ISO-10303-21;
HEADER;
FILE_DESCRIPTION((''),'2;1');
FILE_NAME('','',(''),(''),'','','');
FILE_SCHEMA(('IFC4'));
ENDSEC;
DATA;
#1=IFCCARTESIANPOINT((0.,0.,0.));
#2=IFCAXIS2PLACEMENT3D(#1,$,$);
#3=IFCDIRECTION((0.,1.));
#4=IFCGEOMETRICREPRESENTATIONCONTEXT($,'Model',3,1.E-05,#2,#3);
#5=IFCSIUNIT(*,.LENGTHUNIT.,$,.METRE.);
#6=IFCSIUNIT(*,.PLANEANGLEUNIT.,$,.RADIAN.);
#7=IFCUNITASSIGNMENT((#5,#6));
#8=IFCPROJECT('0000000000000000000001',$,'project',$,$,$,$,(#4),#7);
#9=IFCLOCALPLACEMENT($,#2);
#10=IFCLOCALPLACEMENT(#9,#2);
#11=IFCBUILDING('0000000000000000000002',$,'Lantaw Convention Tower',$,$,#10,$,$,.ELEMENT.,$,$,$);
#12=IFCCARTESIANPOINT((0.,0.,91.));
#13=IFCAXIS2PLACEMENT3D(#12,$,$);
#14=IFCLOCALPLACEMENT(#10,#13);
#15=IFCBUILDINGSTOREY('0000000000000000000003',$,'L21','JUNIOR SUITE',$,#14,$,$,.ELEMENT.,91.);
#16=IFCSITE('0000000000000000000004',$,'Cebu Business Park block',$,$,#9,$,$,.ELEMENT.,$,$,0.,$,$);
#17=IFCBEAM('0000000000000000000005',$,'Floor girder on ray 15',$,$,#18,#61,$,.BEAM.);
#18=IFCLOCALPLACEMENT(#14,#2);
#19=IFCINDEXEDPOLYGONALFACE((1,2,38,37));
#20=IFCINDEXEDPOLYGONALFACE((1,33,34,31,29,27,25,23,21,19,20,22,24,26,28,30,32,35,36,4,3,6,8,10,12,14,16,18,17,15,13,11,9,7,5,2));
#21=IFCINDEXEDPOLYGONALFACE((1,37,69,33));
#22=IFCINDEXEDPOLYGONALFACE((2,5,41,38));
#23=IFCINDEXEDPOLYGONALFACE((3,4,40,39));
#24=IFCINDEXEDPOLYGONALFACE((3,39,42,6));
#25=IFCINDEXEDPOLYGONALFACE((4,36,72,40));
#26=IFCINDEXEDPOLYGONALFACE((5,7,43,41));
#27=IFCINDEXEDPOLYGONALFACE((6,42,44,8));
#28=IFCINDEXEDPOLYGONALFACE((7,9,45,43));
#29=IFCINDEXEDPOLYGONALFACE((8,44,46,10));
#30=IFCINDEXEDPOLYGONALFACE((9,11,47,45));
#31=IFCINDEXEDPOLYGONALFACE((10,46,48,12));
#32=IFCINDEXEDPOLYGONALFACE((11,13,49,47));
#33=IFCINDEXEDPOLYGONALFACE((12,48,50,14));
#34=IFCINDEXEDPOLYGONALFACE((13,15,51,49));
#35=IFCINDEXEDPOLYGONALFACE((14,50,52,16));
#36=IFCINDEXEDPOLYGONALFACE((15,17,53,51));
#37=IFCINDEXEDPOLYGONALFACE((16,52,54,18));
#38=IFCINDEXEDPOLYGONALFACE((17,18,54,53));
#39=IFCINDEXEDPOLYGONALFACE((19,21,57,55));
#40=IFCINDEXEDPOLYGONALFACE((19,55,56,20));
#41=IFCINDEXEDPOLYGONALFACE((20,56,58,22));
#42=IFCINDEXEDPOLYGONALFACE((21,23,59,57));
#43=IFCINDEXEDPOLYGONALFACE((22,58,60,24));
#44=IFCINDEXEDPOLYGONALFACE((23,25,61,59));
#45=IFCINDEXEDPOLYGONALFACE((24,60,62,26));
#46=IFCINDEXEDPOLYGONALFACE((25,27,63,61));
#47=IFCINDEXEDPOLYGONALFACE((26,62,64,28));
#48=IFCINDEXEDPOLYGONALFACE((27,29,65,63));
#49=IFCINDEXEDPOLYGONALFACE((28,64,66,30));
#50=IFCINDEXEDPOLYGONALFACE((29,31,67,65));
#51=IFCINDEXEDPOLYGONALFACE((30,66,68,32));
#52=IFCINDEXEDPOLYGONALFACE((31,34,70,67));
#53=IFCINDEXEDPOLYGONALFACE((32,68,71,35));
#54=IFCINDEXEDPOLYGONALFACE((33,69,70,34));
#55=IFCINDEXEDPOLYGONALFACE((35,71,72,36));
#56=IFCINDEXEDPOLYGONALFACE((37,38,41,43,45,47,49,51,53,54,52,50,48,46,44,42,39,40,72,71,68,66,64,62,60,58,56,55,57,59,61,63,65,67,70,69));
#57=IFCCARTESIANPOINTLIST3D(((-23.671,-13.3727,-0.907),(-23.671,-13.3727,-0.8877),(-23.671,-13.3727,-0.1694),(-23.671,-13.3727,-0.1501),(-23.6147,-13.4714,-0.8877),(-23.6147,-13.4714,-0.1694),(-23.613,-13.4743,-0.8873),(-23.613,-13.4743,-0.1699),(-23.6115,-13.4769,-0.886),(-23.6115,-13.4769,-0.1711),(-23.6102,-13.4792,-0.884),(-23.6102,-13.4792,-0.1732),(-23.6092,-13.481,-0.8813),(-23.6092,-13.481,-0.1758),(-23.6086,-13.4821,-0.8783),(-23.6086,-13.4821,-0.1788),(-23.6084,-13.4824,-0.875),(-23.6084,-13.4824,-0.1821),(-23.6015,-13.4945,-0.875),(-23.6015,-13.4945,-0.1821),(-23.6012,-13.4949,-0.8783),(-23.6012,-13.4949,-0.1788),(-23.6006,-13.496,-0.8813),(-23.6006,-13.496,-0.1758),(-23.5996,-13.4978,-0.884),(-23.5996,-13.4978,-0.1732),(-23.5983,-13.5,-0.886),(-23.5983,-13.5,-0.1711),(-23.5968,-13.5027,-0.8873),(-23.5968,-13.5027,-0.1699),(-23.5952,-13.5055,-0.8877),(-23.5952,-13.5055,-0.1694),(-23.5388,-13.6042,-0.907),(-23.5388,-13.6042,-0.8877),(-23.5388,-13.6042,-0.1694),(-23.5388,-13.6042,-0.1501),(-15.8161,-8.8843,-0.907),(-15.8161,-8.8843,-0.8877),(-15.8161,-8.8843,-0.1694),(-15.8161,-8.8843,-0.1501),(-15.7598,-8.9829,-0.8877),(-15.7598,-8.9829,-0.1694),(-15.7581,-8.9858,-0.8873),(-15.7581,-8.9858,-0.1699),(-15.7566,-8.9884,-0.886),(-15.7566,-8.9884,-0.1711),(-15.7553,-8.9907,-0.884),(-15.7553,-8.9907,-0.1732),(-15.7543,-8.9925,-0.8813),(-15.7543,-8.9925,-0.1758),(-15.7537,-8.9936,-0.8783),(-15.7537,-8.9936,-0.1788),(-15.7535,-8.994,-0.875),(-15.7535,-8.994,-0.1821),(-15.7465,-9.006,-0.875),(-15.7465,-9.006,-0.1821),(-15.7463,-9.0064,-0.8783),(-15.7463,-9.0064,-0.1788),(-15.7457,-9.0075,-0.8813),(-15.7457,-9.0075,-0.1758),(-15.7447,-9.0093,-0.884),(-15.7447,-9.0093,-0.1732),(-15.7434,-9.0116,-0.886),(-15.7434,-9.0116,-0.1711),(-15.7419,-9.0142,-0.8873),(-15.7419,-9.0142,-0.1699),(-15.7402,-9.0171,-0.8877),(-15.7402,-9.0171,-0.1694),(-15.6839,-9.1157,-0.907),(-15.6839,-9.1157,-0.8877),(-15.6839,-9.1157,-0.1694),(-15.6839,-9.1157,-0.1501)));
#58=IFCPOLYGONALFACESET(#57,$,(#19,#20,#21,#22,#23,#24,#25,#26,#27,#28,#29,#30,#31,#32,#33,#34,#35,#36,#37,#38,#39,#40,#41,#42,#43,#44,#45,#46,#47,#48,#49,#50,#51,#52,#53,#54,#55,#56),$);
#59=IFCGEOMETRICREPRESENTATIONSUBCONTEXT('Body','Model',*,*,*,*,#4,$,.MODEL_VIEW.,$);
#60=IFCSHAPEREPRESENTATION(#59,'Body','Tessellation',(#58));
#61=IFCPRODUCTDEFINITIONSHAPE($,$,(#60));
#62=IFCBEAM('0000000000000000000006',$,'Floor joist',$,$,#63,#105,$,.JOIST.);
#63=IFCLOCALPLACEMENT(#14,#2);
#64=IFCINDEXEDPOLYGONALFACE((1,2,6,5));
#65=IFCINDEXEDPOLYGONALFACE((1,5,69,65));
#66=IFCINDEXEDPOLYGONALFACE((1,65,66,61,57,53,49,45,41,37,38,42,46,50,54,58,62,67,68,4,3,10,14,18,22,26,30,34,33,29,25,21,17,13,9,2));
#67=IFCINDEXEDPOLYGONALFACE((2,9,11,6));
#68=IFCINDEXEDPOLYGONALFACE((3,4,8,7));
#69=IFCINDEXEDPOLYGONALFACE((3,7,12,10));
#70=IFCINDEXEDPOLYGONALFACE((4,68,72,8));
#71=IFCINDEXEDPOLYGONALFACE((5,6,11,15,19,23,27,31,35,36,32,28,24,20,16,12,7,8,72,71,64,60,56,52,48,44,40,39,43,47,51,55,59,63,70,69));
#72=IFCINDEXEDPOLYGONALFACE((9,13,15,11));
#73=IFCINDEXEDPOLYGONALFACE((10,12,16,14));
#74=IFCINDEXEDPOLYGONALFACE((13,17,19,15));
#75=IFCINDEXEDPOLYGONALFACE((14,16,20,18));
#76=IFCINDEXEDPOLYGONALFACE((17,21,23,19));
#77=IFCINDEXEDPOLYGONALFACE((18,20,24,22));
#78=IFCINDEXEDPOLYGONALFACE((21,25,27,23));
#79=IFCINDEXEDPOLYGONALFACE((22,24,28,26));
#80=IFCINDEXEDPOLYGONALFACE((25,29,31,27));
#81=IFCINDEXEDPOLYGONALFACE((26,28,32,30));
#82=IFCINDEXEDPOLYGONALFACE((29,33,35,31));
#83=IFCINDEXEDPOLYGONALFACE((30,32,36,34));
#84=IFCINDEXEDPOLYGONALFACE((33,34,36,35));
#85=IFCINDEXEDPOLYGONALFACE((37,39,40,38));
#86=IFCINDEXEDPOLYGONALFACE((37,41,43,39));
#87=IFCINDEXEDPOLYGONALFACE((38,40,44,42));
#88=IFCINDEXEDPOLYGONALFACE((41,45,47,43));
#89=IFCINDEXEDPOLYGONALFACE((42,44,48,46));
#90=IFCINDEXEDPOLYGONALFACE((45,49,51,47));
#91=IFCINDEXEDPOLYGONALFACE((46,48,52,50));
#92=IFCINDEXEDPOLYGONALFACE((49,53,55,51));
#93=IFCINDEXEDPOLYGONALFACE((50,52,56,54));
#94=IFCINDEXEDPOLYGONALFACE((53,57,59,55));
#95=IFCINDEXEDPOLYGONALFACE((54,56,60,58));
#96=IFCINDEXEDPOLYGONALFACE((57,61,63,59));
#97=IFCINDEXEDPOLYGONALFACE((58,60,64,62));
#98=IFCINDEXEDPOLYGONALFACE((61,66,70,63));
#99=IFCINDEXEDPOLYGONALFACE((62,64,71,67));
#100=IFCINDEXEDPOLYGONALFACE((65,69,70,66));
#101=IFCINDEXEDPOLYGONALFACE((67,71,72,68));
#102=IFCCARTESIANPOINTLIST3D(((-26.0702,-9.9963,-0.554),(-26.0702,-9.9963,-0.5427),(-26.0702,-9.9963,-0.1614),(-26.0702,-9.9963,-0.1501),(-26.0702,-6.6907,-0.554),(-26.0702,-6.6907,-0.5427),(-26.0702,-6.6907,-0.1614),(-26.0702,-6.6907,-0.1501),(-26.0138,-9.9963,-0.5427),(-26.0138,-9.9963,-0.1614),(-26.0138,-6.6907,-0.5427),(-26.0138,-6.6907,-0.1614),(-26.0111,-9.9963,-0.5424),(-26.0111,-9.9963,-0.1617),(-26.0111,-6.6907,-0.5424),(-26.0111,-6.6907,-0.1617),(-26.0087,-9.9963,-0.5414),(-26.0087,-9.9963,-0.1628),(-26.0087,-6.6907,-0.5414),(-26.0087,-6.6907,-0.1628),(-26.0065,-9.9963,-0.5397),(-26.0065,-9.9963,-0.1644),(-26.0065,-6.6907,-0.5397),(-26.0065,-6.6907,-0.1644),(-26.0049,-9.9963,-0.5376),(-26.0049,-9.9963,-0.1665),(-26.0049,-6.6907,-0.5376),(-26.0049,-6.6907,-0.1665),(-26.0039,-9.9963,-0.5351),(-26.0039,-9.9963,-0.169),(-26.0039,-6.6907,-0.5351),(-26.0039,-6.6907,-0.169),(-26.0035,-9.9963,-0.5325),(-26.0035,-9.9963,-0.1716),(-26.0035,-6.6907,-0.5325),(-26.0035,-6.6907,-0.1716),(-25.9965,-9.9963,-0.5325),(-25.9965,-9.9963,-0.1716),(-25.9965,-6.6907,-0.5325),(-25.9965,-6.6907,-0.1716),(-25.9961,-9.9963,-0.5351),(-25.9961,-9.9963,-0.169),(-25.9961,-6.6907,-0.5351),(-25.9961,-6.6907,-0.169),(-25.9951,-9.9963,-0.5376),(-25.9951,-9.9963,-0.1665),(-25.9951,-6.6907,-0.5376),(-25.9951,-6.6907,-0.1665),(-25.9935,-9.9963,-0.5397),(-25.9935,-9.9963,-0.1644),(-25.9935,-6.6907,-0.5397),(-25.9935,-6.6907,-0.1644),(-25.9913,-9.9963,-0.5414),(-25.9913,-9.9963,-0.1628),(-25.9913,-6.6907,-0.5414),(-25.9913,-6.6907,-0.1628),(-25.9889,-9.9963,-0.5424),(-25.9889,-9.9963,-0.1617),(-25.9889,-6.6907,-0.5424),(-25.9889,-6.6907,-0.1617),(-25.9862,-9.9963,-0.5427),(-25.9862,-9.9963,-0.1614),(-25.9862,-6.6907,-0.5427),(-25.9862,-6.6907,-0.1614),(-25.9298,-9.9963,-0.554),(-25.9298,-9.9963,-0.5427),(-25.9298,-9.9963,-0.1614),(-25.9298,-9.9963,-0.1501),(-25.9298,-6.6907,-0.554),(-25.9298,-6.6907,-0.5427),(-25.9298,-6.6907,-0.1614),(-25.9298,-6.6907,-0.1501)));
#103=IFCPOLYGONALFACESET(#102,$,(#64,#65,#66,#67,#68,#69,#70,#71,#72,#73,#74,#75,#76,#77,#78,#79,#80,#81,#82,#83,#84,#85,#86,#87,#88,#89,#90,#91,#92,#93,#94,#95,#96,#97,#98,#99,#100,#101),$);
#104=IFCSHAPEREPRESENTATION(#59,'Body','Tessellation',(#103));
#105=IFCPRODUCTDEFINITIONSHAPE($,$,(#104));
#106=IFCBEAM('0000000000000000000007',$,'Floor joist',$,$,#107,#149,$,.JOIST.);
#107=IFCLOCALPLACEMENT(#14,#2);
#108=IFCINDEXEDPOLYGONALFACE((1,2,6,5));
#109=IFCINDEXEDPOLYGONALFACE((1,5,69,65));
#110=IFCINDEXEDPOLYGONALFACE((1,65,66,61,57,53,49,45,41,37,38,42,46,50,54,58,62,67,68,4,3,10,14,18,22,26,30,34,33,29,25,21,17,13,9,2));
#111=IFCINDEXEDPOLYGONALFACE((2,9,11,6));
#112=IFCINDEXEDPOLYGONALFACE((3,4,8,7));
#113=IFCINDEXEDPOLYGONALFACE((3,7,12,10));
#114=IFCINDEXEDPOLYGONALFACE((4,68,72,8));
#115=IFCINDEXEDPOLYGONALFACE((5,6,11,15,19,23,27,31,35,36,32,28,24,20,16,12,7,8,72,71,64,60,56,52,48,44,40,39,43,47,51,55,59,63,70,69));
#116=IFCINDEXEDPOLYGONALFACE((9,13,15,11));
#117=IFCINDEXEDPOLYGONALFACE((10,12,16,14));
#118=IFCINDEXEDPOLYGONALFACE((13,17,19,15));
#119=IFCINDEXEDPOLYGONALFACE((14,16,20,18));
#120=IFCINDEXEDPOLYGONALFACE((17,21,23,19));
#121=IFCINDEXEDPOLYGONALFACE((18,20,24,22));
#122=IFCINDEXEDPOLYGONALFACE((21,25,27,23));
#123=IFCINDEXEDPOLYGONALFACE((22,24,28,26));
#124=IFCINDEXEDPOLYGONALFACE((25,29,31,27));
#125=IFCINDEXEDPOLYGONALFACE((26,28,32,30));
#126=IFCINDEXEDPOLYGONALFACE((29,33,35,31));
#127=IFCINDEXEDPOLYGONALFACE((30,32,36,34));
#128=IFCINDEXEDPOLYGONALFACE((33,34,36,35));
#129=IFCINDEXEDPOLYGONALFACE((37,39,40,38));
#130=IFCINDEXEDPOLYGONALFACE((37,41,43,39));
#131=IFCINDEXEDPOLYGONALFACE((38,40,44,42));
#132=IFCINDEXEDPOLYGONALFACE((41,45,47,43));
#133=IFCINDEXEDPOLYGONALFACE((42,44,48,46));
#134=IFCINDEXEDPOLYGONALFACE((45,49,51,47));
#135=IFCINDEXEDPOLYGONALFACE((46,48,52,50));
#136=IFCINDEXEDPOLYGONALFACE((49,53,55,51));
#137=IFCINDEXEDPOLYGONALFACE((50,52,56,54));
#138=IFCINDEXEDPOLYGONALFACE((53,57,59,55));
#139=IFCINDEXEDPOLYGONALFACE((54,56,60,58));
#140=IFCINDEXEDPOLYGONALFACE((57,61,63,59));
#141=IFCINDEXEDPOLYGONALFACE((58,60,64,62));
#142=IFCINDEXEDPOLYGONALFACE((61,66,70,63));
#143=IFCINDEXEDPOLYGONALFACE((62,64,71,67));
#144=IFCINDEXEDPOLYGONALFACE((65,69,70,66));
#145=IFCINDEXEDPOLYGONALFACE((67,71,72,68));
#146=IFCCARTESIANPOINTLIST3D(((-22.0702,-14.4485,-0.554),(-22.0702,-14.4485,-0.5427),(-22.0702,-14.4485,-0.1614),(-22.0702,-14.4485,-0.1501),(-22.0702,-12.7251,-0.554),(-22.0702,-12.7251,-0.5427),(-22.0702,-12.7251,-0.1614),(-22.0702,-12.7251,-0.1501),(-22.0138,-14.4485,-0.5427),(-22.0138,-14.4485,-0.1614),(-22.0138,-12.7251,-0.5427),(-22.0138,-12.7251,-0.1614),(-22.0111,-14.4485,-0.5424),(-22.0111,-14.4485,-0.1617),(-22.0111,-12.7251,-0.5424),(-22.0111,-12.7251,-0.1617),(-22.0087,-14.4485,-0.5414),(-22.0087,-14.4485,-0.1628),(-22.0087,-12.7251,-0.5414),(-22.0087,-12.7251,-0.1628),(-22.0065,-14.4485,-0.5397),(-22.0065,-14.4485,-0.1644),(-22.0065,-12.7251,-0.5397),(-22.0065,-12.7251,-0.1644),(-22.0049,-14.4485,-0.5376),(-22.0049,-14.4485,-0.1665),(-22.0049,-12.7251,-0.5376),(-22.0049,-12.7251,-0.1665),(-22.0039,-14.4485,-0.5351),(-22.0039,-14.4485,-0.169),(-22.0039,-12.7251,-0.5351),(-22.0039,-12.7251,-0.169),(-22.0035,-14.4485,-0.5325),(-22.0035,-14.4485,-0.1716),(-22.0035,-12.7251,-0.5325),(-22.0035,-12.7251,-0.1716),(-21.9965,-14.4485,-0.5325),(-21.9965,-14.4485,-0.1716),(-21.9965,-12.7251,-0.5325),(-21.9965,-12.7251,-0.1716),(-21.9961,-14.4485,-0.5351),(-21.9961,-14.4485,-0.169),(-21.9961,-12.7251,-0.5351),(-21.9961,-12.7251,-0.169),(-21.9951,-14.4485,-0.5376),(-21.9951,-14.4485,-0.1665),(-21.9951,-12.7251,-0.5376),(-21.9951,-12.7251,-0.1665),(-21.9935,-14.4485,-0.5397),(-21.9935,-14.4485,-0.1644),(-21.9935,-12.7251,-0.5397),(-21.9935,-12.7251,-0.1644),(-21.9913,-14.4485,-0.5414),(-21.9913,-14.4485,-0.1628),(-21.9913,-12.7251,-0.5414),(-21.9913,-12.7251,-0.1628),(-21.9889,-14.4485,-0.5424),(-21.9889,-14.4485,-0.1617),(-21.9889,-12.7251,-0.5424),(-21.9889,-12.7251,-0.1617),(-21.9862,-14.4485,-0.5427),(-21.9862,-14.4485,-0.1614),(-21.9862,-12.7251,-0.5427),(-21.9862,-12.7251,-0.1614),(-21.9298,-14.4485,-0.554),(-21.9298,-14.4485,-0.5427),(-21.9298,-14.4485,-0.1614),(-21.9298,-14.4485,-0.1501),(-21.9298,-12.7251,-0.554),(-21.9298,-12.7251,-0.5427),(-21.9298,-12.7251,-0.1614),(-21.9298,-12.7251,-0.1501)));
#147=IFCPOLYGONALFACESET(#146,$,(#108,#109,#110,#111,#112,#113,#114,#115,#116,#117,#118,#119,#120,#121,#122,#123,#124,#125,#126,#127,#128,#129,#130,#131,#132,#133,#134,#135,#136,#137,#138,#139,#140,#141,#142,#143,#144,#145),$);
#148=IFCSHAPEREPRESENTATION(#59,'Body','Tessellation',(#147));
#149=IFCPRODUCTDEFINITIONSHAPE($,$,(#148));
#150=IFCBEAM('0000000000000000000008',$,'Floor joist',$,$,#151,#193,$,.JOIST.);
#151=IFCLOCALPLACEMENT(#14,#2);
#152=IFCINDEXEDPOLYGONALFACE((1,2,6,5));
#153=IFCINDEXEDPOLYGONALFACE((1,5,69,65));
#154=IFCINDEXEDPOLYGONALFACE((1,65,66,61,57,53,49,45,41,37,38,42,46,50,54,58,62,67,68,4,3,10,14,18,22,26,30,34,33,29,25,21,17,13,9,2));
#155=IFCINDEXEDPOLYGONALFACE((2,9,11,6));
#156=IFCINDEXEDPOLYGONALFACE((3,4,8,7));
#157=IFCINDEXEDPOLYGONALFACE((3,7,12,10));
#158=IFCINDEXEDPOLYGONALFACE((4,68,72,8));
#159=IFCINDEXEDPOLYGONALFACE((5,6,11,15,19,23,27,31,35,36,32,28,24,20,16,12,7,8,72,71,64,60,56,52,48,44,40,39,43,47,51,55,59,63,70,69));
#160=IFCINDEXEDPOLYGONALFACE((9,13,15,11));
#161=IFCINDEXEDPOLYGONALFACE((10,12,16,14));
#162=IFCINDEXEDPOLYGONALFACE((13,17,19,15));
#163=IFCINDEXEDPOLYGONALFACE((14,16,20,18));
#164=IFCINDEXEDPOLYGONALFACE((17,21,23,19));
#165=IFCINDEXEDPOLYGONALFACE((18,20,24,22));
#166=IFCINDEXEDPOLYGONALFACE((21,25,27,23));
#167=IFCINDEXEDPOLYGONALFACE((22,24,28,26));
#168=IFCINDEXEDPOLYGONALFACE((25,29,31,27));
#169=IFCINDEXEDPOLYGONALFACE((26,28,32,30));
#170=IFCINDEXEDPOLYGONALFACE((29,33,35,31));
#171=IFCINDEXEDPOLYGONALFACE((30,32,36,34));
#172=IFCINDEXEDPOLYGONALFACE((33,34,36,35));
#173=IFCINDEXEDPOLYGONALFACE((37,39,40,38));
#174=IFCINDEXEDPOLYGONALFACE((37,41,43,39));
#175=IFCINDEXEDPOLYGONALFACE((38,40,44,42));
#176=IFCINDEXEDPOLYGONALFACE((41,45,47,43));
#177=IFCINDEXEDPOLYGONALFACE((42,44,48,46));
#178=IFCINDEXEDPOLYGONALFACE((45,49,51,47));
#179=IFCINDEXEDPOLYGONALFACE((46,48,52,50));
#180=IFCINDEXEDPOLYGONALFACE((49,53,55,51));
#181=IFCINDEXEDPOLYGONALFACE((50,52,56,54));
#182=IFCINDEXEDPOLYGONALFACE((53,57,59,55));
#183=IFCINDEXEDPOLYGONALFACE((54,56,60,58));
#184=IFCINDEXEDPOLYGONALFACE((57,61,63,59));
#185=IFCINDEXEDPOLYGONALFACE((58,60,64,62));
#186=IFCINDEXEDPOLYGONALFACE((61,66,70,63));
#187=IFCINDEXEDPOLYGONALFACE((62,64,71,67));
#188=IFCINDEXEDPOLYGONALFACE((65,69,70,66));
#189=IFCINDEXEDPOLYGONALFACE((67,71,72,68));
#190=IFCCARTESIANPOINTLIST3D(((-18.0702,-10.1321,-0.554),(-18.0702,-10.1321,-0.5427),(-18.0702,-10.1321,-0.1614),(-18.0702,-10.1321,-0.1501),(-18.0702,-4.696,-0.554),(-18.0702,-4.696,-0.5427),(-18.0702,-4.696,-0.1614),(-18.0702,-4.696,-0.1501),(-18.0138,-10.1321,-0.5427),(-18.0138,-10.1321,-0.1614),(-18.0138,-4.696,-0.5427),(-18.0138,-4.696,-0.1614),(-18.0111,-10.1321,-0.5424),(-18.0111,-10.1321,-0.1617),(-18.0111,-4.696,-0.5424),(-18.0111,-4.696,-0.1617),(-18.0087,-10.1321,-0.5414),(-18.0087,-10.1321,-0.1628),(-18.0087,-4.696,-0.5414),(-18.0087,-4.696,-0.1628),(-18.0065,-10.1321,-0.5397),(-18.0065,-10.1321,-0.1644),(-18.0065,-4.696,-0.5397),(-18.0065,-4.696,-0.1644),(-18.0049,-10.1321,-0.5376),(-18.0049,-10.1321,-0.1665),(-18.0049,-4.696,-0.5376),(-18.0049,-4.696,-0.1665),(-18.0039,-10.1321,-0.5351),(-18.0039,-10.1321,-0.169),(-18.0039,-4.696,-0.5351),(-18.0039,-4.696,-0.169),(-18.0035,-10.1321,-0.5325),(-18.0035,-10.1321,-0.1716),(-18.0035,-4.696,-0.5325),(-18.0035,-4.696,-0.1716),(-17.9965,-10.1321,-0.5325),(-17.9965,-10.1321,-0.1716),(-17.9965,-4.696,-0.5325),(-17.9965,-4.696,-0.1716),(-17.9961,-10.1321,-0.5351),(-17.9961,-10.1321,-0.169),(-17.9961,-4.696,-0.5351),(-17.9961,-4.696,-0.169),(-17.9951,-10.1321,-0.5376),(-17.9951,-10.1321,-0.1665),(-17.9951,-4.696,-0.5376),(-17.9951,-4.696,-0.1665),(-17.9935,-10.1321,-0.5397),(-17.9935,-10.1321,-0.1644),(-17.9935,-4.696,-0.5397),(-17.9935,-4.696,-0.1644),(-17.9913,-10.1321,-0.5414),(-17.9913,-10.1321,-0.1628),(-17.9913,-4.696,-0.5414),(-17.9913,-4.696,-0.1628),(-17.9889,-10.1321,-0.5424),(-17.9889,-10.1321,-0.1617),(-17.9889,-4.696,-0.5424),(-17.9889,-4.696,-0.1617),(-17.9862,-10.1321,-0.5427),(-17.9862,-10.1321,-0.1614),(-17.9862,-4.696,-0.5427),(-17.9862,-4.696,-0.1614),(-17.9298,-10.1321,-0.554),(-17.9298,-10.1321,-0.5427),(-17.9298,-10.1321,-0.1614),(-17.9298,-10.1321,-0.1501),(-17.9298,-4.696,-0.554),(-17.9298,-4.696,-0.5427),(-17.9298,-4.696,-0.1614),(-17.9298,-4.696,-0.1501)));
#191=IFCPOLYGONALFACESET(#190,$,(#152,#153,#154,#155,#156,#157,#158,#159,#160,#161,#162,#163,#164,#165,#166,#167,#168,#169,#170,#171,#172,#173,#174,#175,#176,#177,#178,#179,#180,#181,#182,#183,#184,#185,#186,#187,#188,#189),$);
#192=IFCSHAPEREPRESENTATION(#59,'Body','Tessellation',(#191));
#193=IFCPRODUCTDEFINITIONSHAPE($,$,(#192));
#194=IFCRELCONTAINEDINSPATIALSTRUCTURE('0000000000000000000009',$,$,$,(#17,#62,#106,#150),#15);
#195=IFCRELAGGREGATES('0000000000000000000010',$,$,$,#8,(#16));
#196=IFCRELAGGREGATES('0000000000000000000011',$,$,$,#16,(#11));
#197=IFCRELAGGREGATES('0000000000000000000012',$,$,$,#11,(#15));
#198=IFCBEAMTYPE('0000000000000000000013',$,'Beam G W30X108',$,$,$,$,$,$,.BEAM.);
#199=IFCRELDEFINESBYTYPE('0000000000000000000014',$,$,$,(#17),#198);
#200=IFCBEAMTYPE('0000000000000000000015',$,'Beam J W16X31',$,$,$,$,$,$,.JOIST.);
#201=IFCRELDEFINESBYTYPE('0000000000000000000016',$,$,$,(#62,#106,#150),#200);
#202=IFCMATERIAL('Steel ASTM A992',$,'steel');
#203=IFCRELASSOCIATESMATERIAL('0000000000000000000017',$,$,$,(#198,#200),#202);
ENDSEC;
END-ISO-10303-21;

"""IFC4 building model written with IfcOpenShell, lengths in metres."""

from ifc_helpers import new_model, si_unit, direction, frame, origin, origin_2d, place, context, subcontext, project, spatial, i_section, extrude, material, material_profile, profile_set, type_object, element, save


model = new_model("IFC4")

# Units and contexts
model_context = context("Model", 3, precision=1e-05, world=origin(), true_north=direction((0.0, 1.0)))
body_context = subcontext(model_context, "Body", "Model", "MODEL_VIEW")
ifc_project = project(units=[si_unit("LENGTHUNIT", "METRE"), si_unit("PLANEANGLEUNIT", "RADIAN")], contexts=[model_context])

# Site, building, storey
site_placement = place(None, origin())
site = spatial("IfcSite", under=ifc_project, at=site_placement, Name="Cebu Business Park block", CompositionType="ELEMENT", RefElevation=0.0)
building_placement = place(site_placement, origin())
building = spatial("IfcBuilding", under=site, at=building_placement, Name="Lantaw Convention Tower", CompositionType="ELEMENT")
storey_placement = place(building_placement, frame((0.0, 0.0, 91.0)))
storey = spatial("IfcBuildingStorey", under=building, at=storey_placement, Name="L21", Description="JUNIOR SUITE", CompositionType="ELEMENT", Elevation=91.0)

# Beams
ifc_material_1 = material(Name="Steel ASTM A992", Category="steel")
ifc_material_profile_1 = material_profile(ifc_material_1, i_section(OverallWidth=0.2666, OverallDepth=0.7568, WebThickness=0.0139, FlangeThickness=0.0193, FilletRadius=0.0127, at=origin_2d()), Name="W30X108")
ifc_profile_set_1 = profile_set([ifc_material_profile_1], Name="Steel ASTM A992")
beam_type_1 = type_object("IfcBeamType", Name="Beam G W30X108", PredefinedType="BEAM", material=ifc_profile_set_1)
beam_1_placement = place(storey_placement, frame((-15.75, -9.0, -0.5286), z_axis=(-0.868245, -0.496136, 0.0), x_axis=(0.496136, -0.868245, 0.0)))
element("IfcBeam", 1, at=beam_1_placement, inside=storey, type_object=beam_type_1, Name="Floor girder on ray 15", PredefinedType="BEAM", context=body_context, shape_type="SweptSolid", body=[
    extrude(i_section(OverallWidth=0.2666, OverallDepth=0.7568, WebThickness=0.0139, FlangeThickness=0.0193, FilletRadius=0.0127, at=origin_2d()), origin(), (0.0, 0.0, 1.0), 9.0469),
])
ifc_material_profile_2 = material_profile(ifc_material_1, i_section(OverallWidth=0.1404, OverallDepth=0.4038, WebThickness=0.0071, FlangeThickness=0.0112, FilletRadius=0.0103, at=origin_2d()), Name="W16X31")
ifc_profile_set_2 = profile_set([ifc_material_profile_2], Name="Steel ASTM A992")
beam_type_2 = type_object("IfcBeamType", Name="Beam J W16X31", PredefinedType="JOIST", material=ifc_profile_set_2)
beam_2_placement = place(storey_placement, frame((-26.0, -9.9963, -0.3521), z_axis=(0.0, 1.0, 0.0), x_axis=(-1.0, 0.0, 0.0)))
element("IfcBeam", 2, at=beam_2_placement, inside=storey, type_object=beam_type_2, Name="Floor joist", PredefinedType="JOIST", context=body_context, shape_type="SweptSolid", body=[
    extrude(i_section(OverallWidth=0.1404, OverallDepth=0.4038, WebThickness=0.0071, FlangeThickness=0.0112, FilletRadius=0.0103, at=origin_2d()), origin(), (0.0, 0.0, 1.0), 3.3057),
])
beam_3_placement = place(storey_placement, frame((-22.0, -14.4485, -0.3521), z_axis=(0.0, 1.0, 0.0), x_axis=(-1.0, 0.0, 0.0)))
element("IfcBeam", 3, at=beam_3_placement, inside=storey, type_object=beam_type_2, Name="Floor joist", PredefinedType="JOIST", context=body_context, shape_type="SweptSolid", body=[
    extrude(i_section(OverallWidth=0.1404, OverallDepth=0.4038, WebThickness=0.0071, FlangeThickness=0.0112, FilletRadius=0.0103, at=origin_2d()), origin(), (0.0, 0.0, 1.0), 1.7234),
])
beam_4_placement = place(storey_placement, frame((-18.0, -10.1321, -0.3521), z_axis=(0.0, 1.0, 0.0), x_axis=(-1.0, 0.0, 0.0)))
element("IfcBeam", 4, at=beam_4_placement, inside=storey, type_object=beam_type_2, Name="Floor joist", PredefinedType="JOIST", context=body_context, shape_type="SweptSolid", body=[
    extrude(i_section(OverallWidth=0.1404, OverallDepth=0.4038, WebThickness=0.0071, FlangeThickness=0.0112, FilletRadius=0.0103, at=origin_2d()), origin(), (0.0, 0.0, 1.0), 5.436),
])

save(model, "model.ifc")
